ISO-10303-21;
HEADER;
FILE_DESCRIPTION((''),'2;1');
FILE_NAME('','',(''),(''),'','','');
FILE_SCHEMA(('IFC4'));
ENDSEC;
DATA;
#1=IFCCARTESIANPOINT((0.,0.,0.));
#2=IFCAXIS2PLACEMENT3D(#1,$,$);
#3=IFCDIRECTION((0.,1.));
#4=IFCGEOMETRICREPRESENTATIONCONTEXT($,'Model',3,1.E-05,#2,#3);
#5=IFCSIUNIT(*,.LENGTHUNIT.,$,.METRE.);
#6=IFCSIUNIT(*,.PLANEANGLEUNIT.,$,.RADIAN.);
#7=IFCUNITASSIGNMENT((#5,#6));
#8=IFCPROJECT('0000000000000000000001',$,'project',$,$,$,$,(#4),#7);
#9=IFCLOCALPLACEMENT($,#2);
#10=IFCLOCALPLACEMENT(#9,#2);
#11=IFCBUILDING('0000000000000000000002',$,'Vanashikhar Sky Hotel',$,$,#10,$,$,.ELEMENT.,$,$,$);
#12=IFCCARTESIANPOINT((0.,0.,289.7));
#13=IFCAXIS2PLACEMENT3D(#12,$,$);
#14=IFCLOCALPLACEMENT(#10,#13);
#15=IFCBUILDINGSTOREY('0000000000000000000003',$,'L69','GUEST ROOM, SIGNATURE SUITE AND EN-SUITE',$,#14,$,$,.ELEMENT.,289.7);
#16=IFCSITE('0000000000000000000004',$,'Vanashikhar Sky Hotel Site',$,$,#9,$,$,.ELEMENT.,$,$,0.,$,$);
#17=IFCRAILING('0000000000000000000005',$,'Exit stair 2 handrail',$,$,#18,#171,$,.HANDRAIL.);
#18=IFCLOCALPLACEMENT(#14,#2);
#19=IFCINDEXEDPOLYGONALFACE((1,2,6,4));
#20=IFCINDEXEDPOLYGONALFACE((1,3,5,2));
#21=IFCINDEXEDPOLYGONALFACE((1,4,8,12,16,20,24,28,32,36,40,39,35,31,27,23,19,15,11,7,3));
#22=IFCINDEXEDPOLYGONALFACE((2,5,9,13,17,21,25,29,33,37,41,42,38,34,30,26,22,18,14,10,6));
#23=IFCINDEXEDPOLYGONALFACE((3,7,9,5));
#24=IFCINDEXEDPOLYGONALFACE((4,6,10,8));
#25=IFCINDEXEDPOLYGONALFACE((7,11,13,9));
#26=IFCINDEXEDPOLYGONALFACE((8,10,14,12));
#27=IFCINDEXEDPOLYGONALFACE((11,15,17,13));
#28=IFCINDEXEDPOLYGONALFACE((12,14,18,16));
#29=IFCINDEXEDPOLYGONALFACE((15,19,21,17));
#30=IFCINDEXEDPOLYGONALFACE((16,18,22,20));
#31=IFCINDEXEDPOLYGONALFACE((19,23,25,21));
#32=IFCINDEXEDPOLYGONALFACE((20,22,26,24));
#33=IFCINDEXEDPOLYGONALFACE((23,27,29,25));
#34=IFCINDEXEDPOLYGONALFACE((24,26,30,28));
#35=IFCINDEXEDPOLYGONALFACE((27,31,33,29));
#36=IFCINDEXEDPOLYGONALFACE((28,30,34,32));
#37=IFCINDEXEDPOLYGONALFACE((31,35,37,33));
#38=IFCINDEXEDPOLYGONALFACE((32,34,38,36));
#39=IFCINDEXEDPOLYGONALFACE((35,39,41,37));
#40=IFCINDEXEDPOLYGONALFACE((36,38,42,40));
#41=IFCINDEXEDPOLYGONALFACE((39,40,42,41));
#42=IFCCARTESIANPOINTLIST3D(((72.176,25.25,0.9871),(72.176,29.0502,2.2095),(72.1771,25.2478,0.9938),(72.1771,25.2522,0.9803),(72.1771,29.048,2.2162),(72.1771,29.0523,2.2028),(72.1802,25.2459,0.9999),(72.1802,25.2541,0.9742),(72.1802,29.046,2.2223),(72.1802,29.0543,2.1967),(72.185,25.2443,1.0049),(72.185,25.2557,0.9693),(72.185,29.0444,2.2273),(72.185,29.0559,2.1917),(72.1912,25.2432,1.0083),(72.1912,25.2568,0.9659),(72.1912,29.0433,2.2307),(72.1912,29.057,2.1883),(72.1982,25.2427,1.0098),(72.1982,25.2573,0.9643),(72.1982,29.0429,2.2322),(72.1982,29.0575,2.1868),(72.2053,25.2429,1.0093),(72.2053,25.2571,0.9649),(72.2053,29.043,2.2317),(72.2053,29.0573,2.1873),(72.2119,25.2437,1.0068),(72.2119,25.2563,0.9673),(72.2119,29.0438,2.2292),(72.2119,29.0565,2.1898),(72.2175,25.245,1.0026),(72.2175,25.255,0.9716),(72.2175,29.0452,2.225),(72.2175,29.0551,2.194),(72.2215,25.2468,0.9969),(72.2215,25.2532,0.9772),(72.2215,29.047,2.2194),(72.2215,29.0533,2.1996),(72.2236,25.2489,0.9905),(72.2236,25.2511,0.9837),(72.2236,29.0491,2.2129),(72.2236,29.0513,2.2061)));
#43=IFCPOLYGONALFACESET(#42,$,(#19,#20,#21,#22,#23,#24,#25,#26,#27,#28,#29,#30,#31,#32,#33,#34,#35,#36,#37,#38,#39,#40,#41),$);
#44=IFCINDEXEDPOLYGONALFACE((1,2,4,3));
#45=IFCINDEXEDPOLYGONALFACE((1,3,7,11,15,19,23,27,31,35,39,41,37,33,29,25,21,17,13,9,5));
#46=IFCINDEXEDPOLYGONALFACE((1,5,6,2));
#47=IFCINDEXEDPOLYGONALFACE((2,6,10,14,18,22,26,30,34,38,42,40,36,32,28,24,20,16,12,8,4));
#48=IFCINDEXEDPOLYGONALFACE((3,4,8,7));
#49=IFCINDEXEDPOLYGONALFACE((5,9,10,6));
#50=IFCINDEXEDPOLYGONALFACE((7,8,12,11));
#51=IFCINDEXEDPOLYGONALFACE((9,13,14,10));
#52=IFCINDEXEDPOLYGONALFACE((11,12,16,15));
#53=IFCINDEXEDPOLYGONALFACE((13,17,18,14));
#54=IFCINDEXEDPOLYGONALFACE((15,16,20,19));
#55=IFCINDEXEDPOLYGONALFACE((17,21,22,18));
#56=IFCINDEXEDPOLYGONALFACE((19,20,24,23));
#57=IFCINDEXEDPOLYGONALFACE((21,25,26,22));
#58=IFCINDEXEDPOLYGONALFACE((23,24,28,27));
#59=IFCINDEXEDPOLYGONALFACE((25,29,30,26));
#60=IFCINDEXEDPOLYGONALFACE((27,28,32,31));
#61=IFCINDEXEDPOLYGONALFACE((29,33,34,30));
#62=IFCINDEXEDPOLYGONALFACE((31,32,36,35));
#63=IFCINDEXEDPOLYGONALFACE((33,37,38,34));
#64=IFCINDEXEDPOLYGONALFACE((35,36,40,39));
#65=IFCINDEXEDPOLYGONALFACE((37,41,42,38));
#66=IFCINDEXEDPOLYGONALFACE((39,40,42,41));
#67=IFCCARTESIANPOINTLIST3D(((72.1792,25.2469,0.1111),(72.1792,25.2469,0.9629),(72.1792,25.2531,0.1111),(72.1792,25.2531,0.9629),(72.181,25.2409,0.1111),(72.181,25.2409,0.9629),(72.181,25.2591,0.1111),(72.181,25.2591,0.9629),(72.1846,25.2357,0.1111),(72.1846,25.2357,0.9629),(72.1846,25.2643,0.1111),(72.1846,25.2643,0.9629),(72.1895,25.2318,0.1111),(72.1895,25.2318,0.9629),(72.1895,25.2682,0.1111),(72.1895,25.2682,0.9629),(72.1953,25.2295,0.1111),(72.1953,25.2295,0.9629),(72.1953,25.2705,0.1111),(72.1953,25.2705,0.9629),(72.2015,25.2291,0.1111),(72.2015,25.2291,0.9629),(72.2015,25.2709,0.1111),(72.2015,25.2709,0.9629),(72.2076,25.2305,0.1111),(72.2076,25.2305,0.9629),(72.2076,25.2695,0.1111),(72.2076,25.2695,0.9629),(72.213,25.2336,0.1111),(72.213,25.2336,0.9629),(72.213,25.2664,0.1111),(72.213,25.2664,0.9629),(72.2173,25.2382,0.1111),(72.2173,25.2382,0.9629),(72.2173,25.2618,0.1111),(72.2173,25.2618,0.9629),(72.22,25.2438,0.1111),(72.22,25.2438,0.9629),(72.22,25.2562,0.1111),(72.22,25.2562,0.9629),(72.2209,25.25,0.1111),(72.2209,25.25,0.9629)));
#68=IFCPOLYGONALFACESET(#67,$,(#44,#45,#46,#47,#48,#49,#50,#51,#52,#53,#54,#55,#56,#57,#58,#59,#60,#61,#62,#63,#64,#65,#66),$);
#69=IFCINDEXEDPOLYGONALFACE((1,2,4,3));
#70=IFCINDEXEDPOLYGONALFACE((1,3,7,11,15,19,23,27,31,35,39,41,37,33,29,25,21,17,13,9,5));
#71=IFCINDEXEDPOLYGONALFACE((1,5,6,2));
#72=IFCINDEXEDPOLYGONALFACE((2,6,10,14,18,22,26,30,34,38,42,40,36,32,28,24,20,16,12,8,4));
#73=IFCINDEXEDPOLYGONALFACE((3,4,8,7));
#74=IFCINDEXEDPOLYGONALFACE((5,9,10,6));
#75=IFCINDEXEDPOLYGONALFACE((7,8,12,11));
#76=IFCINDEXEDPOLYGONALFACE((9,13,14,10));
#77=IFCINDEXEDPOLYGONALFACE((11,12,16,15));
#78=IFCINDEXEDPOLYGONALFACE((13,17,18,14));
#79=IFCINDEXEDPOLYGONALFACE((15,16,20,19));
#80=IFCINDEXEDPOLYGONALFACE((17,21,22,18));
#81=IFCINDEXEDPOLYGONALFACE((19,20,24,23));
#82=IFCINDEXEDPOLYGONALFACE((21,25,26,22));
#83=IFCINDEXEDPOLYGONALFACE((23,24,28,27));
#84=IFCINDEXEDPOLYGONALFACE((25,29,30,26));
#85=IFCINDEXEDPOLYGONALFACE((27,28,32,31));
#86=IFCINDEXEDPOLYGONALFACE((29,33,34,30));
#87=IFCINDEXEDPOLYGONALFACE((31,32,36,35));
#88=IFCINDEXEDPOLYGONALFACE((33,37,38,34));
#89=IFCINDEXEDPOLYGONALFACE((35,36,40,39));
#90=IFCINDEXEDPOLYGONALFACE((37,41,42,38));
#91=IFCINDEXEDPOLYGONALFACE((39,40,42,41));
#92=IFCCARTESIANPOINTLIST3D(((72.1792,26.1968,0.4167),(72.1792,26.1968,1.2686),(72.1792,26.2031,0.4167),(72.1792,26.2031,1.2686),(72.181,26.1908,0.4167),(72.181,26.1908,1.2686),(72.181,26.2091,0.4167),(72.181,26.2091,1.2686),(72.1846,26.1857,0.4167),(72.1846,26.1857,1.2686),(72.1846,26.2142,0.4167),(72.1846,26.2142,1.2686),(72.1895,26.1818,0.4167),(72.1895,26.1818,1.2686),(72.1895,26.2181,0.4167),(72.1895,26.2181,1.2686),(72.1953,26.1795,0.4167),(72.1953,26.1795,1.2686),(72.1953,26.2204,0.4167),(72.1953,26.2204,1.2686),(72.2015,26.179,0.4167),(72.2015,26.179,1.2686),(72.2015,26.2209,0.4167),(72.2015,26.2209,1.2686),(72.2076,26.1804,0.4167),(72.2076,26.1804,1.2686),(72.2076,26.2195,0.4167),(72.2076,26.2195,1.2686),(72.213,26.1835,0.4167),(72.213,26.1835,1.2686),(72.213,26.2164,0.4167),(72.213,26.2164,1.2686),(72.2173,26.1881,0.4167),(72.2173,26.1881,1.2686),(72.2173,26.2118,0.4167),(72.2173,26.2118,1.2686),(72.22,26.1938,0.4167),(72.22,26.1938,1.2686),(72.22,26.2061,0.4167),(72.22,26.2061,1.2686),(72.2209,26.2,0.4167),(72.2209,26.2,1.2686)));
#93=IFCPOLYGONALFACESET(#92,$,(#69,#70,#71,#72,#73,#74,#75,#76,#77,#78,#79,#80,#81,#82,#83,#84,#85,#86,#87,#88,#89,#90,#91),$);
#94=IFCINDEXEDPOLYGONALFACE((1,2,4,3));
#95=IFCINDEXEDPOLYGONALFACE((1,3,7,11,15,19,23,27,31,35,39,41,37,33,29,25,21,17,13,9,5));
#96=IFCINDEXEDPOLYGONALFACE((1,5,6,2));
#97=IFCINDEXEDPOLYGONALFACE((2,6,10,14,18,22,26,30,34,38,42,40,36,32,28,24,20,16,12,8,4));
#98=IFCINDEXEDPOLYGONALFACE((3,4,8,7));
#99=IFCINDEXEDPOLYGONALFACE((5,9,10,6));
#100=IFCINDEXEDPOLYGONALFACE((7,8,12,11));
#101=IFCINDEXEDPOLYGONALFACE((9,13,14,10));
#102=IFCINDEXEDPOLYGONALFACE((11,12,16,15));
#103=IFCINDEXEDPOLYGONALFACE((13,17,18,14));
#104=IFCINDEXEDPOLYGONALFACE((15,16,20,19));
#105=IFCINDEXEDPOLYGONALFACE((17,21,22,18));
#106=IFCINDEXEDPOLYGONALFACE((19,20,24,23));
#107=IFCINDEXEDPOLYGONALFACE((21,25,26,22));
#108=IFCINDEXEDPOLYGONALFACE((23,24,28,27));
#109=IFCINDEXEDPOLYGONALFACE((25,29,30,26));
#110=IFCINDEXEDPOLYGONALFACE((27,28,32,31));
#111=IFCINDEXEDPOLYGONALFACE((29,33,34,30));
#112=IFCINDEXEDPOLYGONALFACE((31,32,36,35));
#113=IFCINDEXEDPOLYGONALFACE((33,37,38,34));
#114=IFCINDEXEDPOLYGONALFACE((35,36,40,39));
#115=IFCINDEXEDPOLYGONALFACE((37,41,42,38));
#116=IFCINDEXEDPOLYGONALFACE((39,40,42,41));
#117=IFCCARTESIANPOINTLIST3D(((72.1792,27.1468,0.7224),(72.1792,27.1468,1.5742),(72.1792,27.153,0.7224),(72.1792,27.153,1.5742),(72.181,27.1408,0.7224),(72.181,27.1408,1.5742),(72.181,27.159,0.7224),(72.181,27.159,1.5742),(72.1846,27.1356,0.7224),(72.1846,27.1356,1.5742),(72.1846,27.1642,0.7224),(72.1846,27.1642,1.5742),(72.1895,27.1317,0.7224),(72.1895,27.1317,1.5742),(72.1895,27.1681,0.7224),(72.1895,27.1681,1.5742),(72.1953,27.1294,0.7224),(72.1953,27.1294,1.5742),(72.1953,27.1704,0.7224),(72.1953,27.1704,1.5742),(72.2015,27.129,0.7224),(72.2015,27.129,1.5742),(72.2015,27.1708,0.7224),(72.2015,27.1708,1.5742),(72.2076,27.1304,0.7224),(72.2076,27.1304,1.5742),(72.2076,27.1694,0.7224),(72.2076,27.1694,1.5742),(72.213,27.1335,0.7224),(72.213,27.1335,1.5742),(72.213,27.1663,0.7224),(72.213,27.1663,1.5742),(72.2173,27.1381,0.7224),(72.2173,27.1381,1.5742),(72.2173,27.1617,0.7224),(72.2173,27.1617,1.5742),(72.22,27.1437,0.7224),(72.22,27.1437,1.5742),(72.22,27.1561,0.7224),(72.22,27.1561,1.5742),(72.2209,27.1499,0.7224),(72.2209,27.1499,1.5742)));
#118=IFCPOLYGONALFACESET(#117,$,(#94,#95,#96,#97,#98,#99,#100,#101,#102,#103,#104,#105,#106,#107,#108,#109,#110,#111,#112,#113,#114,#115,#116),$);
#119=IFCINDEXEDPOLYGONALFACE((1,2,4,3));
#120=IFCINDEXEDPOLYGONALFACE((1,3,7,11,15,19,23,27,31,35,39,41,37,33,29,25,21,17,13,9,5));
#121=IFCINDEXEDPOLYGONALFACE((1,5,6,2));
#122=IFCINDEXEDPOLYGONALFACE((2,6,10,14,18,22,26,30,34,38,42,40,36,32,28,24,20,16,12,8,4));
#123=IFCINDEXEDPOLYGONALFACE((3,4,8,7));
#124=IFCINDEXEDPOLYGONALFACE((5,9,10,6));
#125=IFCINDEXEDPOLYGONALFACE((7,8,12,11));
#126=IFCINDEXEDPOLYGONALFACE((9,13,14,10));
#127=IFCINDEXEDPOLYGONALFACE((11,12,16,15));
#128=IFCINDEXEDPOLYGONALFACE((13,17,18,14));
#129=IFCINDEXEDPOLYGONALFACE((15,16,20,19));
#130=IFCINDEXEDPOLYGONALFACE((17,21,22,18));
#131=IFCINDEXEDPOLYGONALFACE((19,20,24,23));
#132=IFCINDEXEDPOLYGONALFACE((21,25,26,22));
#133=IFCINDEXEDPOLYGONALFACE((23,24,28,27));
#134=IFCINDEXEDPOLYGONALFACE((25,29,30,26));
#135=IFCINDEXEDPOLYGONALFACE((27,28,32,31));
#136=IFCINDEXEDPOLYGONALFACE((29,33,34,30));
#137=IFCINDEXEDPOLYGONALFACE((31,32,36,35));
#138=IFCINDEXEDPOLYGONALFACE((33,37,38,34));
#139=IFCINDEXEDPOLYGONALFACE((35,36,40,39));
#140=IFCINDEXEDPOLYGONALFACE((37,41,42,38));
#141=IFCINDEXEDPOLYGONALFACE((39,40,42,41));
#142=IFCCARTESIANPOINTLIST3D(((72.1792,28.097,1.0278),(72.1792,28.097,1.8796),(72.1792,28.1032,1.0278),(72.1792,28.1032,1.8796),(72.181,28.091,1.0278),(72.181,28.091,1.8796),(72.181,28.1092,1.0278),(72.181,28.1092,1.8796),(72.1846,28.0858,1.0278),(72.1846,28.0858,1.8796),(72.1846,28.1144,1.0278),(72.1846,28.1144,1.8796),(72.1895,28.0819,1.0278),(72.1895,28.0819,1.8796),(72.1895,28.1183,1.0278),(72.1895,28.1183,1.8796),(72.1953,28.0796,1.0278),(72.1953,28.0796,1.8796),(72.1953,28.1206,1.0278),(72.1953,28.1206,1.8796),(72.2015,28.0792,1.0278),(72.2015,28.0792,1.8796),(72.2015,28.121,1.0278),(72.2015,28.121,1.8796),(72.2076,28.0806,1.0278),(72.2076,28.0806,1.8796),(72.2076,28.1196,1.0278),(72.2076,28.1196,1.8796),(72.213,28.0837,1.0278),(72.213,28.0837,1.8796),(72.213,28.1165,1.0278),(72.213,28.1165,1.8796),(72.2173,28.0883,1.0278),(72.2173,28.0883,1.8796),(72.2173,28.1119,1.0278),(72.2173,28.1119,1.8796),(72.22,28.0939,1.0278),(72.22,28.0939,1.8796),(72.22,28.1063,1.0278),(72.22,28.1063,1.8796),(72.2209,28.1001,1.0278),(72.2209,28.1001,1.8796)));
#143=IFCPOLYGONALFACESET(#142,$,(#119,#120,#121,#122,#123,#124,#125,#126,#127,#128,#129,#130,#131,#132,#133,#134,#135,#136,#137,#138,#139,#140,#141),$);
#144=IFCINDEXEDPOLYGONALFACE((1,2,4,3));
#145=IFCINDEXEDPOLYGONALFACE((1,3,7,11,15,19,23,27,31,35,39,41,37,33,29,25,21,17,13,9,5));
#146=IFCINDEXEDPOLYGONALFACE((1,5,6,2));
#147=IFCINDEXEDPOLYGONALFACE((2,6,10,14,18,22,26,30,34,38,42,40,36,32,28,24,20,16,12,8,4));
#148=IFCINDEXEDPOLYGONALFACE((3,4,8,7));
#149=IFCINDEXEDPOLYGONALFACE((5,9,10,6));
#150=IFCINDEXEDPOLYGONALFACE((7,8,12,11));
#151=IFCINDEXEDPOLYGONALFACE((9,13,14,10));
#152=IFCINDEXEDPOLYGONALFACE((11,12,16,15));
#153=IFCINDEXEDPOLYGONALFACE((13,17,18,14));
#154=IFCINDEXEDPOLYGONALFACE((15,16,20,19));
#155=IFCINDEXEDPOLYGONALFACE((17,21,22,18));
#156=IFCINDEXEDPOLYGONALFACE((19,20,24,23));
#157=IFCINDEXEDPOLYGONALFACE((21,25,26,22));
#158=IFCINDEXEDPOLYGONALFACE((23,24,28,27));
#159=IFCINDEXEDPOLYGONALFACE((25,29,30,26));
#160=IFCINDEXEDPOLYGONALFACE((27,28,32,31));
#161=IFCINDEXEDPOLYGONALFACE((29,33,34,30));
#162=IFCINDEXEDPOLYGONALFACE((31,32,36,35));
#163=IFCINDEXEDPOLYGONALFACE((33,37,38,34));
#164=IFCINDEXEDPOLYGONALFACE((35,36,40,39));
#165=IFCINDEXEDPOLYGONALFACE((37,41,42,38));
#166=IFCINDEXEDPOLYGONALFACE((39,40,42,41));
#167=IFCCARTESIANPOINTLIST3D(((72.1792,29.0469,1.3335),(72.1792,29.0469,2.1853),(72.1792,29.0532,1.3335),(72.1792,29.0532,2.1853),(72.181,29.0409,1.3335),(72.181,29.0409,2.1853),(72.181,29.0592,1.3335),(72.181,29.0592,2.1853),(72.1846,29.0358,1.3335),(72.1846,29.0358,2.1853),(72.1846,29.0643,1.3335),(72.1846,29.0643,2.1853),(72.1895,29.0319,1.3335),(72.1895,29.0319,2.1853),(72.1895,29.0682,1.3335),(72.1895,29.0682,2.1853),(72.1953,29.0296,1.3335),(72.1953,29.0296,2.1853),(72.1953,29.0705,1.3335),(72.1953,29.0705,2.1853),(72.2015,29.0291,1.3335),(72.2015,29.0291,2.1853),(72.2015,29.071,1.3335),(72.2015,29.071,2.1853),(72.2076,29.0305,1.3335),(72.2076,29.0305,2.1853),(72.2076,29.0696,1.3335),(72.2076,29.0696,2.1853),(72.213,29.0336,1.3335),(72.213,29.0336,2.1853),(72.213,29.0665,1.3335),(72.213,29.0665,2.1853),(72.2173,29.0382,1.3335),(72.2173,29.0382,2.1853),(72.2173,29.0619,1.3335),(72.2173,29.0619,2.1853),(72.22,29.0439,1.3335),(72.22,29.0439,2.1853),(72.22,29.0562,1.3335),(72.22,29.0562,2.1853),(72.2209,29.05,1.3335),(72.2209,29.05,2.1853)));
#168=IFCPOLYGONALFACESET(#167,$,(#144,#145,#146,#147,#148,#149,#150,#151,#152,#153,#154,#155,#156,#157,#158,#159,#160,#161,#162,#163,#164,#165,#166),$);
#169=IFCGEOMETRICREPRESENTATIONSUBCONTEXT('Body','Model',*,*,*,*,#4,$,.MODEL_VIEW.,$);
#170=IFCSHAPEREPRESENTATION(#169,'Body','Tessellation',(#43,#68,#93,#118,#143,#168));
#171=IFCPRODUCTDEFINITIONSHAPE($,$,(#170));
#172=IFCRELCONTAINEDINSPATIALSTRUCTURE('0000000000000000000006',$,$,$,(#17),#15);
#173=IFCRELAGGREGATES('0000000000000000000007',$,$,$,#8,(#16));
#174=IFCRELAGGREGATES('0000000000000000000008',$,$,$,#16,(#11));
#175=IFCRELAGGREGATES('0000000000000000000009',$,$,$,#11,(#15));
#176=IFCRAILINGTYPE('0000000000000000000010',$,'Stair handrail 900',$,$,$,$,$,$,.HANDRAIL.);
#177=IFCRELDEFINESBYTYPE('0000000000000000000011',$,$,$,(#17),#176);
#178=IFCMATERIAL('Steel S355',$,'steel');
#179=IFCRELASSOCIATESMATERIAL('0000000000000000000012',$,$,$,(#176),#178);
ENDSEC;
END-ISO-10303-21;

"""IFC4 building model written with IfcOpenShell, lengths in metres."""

from ifc_helpers import new_model, si_unit, direction, frame, origin, origin_2d, place, context, subcontext, project, spatial, circle, extrude, source, transform, mapped, material, type_object, element, save


model = new_model("IFC4")

# Units and contexts
model_context = context("Model", 3, precision=1e-05, world=origin(), true_north=direction((0.0, 1.0)))
body_context = subcontext(model_context, "Body", "Model", "MODEL_VIEW")
ifc_project = project(units=[si_unit("LENGTHUNIT", "METRE"), si_unit("PLANEANGLEUNIT", "RADIAN")], contexts=[model_context])

# Site, building, storey
site_placement = place(None, origin())
site = spatial("IfcSite", under=ifc_project, at=site_placement, Name="Vanashikhar Sky Hotel Site", CompositionType="ELEMENT", RefElevation=0.0)
building_placement = place(site_placement, origin())
building = spatial("IfcBuilding", under=site, at=building_placement, Name="Vanashikhar Sky Hotel", CompositionType="ELEMENT")
storey_placement = place(building_placement, frame((0.0, 0.0, 289.7)))
storey = spatial("IfcBuildingStorey", under=building, at=storey_placement, Name="L69", Description="GUEST ROOM, SIGNATURE SUITE AND EN-SUITE", CompositionType="ELEMENT", Elevation=289.7)

# Railing
ifc_material_1 = material(Name="Steel S355", Category="steel")
railing_type_1 = type_object("IfcRailingType", Name="Stair handrail 900", PredefinedType="HANDRAIL", material=ifc_material_1)
shared_shape_1 = source(origin(), body_context, "Body", "SweptSolid", [
    extrude(circle(Radius=0.0239, at=origin_2d()), frame((0.0, 0.0, 0.876), z_axis=(0.0, 0.951958, 0.306229), x_axis=(-1.0, 0.0, 0.0)), (0.0, 0.0, 1.0), 3.9919),
    extrude(circle(Radius=0.021, at=origin_2d()), origin(), (0.0, 0.0, 1.0), 0.8518),
    extrude(circle(Radius=0.021, at=origin_2d()), frame((0.0, 0.95, 0.3057)), (0.0, 0.0, 1.0), 0.8518),
    extrude(circle(Radius=0.021, at=origin_2d()), frame((0.0, 1.8999, 0.6113)), (0.0, 0.0, 1.0), 0.8518),
    extrude(circle(Radius=0.021, at=origin_2d()), frame((0.0, 2.8501, 0.9167)), (0.0, 0.0, 1.0), 0.8518),
    extrude(circle(Radius=0.021, at=origin_2d()), frame((0.0, 3.8, 1.2224)), (0.0, 0.0, 1.0), 0.8518),
])
railing_1_placement = place(storey_placement, frame((72.2, 25.25, 0.1111)))
element("IfcRailing", 1, at=railing_1_placement, inside=storey, type_object=railing_type_1, Name="Exit stair 2 handrail", PredefinedType="HANDRAIL", context=body_context, shape_type="MappedRepresentation", body=[
    mapped(shared_shape_1, transform((0.0, 0.0, 0.0), scale=1.0)),
])

save(model, "model.ifc")
